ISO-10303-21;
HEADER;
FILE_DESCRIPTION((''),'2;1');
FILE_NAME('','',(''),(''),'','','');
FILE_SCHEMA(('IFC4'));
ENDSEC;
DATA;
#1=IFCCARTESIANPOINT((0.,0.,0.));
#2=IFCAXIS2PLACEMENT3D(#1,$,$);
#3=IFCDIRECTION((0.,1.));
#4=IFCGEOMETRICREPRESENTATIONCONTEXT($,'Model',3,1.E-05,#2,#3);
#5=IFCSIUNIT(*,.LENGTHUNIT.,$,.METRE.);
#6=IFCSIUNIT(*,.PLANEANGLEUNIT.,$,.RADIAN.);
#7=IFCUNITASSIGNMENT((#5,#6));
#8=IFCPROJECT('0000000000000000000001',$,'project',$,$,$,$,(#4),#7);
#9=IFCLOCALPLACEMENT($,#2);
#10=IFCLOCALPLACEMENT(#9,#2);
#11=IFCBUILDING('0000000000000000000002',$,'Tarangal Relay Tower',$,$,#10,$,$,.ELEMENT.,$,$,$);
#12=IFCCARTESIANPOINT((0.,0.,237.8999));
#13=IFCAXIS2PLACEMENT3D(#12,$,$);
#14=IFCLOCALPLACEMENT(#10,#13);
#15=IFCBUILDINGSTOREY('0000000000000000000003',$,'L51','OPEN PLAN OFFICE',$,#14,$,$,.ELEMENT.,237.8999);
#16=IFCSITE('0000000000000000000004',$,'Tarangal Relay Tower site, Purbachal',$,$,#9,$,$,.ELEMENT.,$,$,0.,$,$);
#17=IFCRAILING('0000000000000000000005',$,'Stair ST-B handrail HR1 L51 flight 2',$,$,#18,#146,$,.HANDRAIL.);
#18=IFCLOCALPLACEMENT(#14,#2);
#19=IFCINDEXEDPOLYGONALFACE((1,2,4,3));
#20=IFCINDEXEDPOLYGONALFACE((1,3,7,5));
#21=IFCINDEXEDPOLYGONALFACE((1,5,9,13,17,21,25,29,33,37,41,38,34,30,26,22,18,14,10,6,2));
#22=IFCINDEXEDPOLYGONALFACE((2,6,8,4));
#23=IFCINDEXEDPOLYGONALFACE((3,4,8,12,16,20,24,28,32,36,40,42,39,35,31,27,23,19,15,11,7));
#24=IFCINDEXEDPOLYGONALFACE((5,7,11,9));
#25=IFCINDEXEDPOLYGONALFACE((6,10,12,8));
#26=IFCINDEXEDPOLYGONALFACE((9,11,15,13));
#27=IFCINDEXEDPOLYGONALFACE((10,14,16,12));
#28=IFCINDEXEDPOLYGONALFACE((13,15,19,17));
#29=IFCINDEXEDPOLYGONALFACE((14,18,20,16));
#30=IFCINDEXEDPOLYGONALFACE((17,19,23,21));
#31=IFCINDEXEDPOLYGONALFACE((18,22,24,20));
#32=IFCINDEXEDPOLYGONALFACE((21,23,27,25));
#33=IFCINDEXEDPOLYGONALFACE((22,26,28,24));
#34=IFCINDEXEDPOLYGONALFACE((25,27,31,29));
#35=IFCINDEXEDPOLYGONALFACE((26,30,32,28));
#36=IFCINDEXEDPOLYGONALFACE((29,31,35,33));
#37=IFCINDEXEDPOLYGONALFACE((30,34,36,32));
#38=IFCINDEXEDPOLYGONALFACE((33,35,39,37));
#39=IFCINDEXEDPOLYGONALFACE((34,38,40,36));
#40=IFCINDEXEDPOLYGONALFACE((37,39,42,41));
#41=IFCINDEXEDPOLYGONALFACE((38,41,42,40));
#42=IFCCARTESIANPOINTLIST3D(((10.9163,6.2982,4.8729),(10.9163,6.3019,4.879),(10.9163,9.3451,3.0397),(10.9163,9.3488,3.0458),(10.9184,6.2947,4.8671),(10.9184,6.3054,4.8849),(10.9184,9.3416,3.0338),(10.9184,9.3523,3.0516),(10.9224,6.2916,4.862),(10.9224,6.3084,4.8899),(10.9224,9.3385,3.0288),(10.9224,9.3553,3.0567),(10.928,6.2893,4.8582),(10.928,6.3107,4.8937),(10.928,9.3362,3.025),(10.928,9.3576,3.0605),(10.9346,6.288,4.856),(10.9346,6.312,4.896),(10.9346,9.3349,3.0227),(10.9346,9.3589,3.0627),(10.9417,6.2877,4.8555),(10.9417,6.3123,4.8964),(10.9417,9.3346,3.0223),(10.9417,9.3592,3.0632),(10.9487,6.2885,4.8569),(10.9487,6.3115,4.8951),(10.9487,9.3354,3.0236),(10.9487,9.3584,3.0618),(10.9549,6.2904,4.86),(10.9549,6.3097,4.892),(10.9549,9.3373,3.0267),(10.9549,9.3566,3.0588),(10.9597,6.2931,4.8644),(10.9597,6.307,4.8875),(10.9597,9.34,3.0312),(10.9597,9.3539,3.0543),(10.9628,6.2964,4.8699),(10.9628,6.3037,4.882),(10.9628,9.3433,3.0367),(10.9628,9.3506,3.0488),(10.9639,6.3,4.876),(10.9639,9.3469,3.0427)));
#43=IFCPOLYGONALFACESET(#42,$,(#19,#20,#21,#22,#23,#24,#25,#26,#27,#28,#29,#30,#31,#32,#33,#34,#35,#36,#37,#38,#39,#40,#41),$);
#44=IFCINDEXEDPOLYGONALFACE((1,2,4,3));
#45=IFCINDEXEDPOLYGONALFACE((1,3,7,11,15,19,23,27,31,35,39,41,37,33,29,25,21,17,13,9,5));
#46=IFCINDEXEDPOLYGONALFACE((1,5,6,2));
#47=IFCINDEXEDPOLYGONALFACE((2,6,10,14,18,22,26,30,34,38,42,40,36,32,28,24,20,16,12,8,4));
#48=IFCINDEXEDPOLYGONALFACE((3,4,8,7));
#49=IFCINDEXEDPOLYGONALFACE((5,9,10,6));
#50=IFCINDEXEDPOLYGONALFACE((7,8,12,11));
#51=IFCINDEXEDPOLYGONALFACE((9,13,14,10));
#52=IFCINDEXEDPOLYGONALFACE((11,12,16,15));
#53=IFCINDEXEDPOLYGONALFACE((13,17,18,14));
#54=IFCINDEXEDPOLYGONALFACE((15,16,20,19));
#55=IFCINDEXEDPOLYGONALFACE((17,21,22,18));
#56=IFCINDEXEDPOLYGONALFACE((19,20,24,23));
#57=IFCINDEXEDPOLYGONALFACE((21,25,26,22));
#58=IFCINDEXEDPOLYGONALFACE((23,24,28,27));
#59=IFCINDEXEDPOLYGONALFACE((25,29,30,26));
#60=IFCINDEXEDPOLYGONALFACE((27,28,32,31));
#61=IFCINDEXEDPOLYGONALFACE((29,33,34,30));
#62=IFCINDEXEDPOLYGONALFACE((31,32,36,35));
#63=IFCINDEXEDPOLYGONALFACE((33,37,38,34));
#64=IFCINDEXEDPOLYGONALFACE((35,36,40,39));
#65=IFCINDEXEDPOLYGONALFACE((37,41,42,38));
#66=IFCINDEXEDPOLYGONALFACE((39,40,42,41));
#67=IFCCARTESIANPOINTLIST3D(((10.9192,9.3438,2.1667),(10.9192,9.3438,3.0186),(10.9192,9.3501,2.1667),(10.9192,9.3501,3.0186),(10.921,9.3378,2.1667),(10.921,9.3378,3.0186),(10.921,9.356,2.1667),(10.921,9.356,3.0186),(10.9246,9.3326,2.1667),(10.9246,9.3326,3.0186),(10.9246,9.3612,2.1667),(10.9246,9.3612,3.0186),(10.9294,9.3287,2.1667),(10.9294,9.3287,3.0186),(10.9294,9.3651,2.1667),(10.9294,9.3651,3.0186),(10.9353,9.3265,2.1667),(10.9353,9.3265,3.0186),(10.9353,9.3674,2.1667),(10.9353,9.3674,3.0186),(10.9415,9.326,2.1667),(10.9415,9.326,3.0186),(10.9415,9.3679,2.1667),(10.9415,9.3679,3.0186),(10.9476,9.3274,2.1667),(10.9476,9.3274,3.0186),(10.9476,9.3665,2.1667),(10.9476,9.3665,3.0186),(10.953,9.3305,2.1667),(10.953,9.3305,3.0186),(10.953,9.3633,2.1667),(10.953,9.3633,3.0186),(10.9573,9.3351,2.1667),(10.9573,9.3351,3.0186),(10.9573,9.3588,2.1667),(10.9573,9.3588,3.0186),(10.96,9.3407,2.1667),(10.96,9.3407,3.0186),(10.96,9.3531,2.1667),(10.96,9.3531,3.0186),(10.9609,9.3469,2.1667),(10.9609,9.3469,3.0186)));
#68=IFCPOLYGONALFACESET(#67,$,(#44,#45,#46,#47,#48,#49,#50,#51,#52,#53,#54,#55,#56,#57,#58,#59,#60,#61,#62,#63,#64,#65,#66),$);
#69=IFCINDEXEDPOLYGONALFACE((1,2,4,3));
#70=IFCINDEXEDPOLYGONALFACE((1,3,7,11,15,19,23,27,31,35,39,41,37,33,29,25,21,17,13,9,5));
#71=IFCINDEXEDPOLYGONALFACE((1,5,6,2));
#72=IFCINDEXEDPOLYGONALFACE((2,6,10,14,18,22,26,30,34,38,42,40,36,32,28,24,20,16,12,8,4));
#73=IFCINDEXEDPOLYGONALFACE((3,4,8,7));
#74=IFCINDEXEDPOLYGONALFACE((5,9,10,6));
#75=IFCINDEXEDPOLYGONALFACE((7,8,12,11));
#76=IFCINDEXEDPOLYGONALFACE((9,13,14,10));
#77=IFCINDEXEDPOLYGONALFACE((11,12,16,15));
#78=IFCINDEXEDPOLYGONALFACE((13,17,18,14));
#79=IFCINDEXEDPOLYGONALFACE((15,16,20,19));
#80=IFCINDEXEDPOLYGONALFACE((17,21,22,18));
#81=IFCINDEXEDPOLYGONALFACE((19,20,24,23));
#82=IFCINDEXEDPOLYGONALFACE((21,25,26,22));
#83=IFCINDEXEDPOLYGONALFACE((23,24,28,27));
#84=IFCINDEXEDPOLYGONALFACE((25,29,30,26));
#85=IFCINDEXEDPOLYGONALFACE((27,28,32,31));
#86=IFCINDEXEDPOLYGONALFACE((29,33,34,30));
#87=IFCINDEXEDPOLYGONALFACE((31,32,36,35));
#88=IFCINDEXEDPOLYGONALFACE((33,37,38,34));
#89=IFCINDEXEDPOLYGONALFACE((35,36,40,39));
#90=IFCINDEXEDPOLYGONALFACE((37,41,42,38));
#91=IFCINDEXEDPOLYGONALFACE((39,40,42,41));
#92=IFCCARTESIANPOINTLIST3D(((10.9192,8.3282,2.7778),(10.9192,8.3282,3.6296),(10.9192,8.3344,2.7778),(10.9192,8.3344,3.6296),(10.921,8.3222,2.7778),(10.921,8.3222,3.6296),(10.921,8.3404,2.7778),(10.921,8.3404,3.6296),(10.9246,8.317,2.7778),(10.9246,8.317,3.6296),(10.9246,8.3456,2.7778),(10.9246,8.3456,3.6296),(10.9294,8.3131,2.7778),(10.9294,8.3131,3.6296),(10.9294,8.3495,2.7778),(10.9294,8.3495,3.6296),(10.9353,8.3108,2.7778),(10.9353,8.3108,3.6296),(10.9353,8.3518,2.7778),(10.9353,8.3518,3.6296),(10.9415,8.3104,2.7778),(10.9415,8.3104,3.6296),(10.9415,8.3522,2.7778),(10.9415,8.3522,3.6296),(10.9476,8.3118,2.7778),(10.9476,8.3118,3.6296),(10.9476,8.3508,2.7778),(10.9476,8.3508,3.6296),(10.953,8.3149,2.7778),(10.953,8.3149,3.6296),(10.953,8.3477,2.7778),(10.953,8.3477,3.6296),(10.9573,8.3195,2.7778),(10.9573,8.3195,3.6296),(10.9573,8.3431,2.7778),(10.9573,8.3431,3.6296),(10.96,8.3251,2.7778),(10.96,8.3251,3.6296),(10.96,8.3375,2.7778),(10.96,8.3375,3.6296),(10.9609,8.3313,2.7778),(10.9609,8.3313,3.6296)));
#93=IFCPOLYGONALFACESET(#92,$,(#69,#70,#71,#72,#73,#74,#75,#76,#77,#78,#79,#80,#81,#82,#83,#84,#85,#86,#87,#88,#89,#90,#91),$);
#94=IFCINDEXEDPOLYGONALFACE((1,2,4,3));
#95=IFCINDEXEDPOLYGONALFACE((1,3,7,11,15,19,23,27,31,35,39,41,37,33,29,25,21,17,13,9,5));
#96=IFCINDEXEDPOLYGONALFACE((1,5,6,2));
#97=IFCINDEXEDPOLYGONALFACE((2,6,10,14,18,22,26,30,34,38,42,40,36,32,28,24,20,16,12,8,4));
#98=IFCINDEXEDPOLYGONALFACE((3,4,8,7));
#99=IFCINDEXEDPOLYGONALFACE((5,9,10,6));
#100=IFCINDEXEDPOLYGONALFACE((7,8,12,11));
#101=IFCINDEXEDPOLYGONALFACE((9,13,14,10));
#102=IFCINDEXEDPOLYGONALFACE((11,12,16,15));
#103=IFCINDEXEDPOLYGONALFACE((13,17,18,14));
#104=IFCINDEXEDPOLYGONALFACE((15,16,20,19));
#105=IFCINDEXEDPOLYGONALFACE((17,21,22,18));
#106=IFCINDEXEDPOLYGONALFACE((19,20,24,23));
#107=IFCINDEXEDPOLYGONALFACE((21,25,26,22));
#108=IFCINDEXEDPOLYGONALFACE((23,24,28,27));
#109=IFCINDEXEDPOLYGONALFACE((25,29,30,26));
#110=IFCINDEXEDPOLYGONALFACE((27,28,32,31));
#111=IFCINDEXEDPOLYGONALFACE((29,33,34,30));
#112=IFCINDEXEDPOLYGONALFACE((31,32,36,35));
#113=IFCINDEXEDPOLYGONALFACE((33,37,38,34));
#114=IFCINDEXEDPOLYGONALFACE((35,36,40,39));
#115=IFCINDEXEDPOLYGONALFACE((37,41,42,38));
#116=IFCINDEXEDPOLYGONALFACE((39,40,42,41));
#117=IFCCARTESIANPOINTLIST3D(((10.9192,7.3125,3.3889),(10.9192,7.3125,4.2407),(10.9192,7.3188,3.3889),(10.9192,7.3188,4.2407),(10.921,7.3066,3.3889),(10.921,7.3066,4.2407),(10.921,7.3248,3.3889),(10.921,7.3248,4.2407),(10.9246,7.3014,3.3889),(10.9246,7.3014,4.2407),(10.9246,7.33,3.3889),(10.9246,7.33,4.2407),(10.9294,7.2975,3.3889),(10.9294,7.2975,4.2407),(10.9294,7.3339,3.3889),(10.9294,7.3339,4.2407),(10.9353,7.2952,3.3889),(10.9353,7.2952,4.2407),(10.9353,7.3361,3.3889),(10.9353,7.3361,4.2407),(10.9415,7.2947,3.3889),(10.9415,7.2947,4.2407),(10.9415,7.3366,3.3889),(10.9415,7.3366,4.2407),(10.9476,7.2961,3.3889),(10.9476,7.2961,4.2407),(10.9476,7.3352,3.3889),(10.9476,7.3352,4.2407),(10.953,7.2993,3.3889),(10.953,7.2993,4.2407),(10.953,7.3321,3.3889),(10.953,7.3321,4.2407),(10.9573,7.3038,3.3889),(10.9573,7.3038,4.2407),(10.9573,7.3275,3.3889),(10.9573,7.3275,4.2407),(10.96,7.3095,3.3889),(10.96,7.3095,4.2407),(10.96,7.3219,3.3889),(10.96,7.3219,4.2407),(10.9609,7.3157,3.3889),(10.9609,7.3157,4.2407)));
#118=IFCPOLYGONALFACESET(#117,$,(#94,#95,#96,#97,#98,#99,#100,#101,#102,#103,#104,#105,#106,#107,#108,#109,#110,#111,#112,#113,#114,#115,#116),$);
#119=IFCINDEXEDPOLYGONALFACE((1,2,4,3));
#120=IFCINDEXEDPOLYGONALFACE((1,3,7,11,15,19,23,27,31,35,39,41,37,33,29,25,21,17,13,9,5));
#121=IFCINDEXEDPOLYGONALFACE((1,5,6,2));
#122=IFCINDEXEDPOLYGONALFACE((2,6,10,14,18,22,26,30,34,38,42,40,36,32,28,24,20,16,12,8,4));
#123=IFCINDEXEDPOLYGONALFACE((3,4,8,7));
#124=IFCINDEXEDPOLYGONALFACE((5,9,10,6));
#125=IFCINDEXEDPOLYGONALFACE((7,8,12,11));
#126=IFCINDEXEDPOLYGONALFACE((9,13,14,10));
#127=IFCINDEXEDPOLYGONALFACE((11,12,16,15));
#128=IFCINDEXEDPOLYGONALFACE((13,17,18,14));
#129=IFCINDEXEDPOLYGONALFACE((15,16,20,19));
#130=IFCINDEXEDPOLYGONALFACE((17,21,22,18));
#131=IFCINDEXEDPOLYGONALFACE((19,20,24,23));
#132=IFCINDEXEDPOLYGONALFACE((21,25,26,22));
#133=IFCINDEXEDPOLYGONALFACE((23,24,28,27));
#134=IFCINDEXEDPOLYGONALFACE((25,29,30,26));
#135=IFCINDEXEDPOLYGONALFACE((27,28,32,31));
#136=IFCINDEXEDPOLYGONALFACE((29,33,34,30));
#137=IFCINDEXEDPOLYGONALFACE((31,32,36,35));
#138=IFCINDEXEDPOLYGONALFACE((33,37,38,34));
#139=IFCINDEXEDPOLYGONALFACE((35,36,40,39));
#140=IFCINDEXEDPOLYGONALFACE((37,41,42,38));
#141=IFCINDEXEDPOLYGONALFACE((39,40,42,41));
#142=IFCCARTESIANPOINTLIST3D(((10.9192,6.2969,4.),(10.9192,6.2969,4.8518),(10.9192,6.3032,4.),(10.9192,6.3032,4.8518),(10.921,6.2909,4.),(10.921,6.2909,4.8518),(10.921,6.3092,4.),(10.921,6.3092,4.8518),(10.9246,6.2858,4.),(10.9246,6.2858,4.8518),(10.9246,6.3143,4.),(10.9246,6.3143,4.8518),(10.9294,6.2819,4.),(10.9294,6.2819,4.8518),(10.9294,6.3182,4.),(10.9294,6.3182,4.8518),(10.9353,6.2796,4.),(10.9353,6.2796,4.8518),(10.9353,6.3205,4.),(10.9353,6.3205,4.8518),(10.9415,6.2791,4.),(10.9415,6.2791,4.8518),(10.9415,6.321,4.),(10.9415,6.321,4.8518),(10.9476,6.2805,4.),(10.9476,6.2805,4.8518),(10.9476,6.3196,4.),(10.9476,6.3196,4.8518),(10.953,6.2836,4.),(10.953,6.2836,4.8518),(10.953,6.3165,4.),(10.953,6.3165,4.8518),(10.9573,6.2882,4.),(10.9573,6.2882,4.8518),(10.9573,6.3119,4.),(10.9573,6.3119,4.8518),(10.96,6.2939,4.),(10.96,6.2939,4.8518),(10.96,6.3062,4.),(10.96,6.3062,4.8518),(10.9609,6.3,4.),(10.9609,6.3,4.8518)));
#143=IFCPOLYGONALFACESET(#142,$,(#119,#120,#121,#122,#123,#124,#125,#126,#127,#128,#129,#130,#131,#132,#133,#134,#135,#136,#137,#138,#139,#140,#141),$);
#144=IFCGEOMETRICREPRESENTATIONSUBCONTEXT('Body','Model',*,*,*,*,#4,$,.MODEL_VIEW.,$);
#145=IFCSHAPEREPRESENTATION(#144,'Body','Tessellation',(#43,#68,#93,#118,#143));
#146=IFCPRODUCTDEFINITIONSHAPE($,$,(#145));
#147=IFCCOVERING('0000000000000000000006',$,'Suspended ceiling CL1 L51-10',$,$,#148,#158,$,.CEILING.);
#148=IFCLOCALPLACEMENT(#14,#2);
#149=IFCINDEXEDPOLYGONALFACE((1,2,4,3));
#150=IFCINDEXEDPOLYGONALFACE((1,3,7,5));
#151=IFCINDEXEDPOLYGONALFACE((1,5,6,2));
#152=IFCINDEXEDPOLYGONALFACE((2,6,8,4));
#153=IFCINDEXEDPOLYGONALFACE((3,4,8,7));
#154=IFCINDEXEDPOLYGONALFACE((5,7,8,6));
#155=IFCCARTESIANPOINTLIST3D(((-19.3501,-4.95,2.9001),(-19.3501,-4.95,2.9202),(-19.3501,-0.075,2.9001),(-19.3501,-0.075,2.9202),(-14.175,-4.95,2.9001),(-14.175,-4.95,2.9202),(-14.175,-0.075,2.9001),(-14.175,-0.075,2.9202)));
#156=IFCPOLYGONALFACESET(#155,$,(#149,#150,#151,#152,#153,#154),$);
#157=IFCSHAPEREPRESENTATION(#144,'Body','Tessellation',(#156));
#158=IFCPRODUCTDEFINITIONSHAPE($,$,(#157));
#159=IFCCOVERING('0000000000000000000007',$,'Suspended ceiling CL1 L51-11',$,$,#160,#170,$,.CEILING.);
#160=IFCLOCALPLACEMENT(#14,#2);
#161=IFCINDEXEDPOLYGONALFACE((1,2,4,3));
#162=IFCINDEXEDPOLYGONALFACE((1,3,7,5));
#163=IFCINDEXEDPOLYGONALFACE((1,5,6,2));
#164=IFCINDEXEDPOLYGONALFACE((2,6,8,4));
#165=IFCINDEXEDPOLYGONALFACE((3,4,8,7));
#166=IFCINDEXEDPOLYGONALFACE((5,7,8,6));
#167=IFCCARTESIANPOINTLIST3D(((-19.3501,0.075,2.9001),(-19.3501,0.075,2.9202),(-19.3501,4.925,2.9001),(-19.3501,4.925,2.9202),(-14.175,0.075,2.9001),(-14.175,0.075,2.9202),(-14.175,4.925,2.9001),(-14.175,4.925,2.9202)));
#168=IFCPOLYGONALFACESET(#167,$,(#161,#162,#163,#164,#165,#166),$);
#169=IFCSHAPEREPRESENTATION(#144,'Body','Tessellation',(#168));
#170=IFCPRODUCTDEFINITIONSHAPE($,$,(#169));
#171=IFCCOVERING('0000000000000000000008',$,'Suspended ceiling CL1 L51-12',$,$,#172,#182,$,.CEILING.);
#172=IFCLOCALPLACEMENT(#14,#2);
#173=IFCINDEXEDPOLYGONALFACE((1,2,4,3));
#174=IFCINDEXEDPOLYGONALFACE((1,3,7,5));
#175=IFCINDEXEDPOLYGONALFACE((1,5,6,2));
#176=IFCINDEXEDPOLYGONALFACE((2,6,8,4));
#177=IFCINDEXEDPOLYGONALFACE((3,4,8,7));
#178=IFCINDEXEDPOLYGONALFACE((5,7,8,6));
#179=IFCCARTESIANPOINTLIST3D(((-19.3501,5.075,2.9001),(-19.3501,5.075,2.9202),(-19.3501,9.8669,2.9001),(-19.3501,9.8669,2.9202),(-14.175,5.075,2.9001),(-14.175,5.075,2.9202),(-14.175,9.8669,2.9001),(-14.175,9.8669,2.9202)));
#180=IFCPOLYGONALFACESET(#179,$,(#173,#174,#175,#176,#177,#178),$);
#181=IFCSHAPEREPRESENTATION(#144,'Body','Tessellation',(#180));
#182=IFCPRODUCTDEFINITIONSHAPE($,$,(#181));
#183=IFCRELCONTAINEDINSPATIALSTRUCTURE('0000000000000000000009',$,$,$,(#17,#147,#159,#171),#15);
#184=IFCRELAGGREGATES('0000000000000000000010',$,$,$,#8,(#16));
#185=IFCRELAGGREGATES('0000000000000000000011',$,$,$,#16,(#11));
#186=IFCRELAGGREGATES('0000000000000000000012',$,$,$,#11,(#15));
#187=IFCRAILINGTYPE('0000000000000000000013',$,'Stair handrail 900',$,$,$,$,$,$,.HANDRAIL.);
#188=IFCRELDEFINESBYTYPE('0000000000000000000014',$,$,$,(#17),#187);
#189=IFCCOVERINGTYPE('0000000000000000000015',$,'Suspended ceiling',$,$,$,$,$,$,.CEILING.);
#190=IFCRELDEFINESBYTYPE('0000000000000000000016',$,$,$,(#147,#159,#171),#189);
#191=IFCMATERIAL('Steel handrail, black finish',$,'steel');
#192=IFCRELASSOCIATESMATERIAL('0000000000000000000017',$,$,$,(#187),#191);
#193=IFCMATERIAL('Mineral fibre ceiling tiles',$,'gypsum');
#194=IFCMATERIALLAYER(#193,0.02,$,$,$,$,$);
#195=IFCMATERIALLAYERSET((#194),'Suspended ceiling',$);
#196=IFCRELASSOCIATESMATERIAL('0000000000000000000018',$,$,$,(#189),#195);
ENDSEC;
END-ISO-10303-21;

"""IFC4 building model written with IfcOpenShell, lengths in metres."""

from ifc_helpers import new_model, si_unit, direction, frame, origin, origin_2d, place, context, subcontext, project, spatial, polyline, circle, outline, extrude, material, layer, layer_set, type_object, element, save


model = new_model("IFC4")

# Units and contexts
model_context = context("Model", 3, precision=1e-05, world=origin(), true_north=direction((0.0, 1.0)))
body_context = subcontext(model_context, "Body", "Model", "MODEL_VIEW")
ifc_project = project(units=[si_unit("LENGTHUNIT", "METRE"), si_unit("PLANEANGLEUNIT", "RADIAN")], contexts=[model_context])

# Site, building, storey
site_placement = place(None, origin())
site = spatial("IfcSite", under=ifc_project, at=site_placement, Name="Tarangal Relay Tower site, Purbachal", CompositionType="ELEMENT", RefElevation=0.0)
building_placement = place(site_placement, origin())
building = spatial("IfcBuilding", under=site, at=building_placement, Name="Tarangal Relay Tower", CompositionType="ELEMENT")
storey_placement = place(building_placement, frame((0.0, 0.0, 237.8999)))
storey = spatial("IfcBuildingStorey", under=building, at=storey_placement, Name="L51", Description="OPEN PLAN OFFICE", CompositionType="ELEMENT", Elevation=237.8999)

# Railing
ifc_material_1 = material(Name="Steel handrail, black finish", Category="steel")
railing_type_1 = type_object("IfcRailingType", Name="Stair handrail 900", PredefinedType="HANDRAIL", material=ifc_material_1)
railing_1_placement = place(storey_placement, frame((10.9399, 9.3469, 2.1667)))
element("IfcRailing", 1, at=railing_1_placement, inside=storey, type_object=railing_type_1, Name="Stair ST-B handrail HR1 L51 flight 2", PredefinedType="HANDRAIL", context=body_context, shape_type="SweptSolid", body=[
    extrude(circle(Radius=0.0239, at=origin_2d()), frame((0.0, 0.0, 0.876), z_axis=(0.0, -0.856856, 0.515556), x_axis=(1.0, 0.0, 0.0)), (0.0, 0.0, 1.0), 3.5559),
    extrude(circle(Radius=0.021, at=origin_2d()), origin(), (0.0, 0.0, 1.0), 0.8518),
    extrude(circle(Radius=0.021, at=origin_2d()), frame((0.0, -1.0156, 0.6111)), (0.0, 0.0, 1.0), 0.8518),
    extrude(circle(Radius=0.021, at=origin_2d()), frame((0.0, -2.0312, 1.2222)), (0.0, 0.0, 1.0), 0.8518),
    extrude(circle(Radius=0.021, at=origin_2d()), frame((0.0, -3.0469, 1.8333)), (0.0, 0.0, 1.0), 0.8518),
])

# Coverings
ifc_material_2 = material(Name="Mineral fibre ceiling tiles", Category="gypsum")
ifc_layer_1 = layer(ifc_material_2, 0.02)
ifc_layer_set_1 = layer_set([ifc_layer_1], Name="Suspended ceiling")
covering_type = type_object("IfcCoveringType", Name="Suspended ceiling", PredefinedType="CEILING", material=ifc_layer_set_1)
covering_1_placement = place(storey_placement, frame((0.0, 0.0, 2.9001)))
element("IfcCovering", 2, at=covering_1_placement, inside=storey, type_object=covering_type, Name="Suspended ceiling CL1 L51-10", PredefinedType="CEILING", context=body_context, shape_type="SweptSolid", body=[
    extrude(outline(polyline([(-14.175, -0.075), (-19.3501, -0.075), (-19.3501, -4.95), (-14.175, -4.95), (-14.175, -0.075)])), origin(), (0.0, 0.0, 1.0), 0.02),
])
covering_2_placement = place(storey_placement, frame((0.0, 0.0, 2.9001)))
element("IfcCovering", 3, at=covering_2_placement, inside=storey, type_object=covering_type, Name="Suspended ceiling CL1 L51-11", PredefinedType="CEILING", context=body_context, shape_type="SweptSolid", body=[
    extrude(outline(polyline([(-14.175, 4.925), (-19.3501, 4.925), (-19.3501, 0.075), (-14.175, 0.075), (-14.175, 4.925)])), origin(), (0.0, 0.0, 1.0), 0.02),
])
covering_3_placement = place(storey_placement, frame((0.0, 0.0, 2.9001)))
element("IfcCovering", 4, at=covering_3_placement, inside=storey, type_object=covering_type, Name="Suspended ceiling CL1 L51-12", PredefinedType="CEILING", context=body_context, shape_type="SweptSolid", body=[
    extrude(outline(polyline([(-19.3501, 9.8669), (-19.3501, 5.075), (-14.175, 5.075), (-14.175, 9.8669), (-19.3501, 9.8669)])), origin(), (0.0, 0.0, 1.0), 0.02),
])

save(model, "model.ifc")
